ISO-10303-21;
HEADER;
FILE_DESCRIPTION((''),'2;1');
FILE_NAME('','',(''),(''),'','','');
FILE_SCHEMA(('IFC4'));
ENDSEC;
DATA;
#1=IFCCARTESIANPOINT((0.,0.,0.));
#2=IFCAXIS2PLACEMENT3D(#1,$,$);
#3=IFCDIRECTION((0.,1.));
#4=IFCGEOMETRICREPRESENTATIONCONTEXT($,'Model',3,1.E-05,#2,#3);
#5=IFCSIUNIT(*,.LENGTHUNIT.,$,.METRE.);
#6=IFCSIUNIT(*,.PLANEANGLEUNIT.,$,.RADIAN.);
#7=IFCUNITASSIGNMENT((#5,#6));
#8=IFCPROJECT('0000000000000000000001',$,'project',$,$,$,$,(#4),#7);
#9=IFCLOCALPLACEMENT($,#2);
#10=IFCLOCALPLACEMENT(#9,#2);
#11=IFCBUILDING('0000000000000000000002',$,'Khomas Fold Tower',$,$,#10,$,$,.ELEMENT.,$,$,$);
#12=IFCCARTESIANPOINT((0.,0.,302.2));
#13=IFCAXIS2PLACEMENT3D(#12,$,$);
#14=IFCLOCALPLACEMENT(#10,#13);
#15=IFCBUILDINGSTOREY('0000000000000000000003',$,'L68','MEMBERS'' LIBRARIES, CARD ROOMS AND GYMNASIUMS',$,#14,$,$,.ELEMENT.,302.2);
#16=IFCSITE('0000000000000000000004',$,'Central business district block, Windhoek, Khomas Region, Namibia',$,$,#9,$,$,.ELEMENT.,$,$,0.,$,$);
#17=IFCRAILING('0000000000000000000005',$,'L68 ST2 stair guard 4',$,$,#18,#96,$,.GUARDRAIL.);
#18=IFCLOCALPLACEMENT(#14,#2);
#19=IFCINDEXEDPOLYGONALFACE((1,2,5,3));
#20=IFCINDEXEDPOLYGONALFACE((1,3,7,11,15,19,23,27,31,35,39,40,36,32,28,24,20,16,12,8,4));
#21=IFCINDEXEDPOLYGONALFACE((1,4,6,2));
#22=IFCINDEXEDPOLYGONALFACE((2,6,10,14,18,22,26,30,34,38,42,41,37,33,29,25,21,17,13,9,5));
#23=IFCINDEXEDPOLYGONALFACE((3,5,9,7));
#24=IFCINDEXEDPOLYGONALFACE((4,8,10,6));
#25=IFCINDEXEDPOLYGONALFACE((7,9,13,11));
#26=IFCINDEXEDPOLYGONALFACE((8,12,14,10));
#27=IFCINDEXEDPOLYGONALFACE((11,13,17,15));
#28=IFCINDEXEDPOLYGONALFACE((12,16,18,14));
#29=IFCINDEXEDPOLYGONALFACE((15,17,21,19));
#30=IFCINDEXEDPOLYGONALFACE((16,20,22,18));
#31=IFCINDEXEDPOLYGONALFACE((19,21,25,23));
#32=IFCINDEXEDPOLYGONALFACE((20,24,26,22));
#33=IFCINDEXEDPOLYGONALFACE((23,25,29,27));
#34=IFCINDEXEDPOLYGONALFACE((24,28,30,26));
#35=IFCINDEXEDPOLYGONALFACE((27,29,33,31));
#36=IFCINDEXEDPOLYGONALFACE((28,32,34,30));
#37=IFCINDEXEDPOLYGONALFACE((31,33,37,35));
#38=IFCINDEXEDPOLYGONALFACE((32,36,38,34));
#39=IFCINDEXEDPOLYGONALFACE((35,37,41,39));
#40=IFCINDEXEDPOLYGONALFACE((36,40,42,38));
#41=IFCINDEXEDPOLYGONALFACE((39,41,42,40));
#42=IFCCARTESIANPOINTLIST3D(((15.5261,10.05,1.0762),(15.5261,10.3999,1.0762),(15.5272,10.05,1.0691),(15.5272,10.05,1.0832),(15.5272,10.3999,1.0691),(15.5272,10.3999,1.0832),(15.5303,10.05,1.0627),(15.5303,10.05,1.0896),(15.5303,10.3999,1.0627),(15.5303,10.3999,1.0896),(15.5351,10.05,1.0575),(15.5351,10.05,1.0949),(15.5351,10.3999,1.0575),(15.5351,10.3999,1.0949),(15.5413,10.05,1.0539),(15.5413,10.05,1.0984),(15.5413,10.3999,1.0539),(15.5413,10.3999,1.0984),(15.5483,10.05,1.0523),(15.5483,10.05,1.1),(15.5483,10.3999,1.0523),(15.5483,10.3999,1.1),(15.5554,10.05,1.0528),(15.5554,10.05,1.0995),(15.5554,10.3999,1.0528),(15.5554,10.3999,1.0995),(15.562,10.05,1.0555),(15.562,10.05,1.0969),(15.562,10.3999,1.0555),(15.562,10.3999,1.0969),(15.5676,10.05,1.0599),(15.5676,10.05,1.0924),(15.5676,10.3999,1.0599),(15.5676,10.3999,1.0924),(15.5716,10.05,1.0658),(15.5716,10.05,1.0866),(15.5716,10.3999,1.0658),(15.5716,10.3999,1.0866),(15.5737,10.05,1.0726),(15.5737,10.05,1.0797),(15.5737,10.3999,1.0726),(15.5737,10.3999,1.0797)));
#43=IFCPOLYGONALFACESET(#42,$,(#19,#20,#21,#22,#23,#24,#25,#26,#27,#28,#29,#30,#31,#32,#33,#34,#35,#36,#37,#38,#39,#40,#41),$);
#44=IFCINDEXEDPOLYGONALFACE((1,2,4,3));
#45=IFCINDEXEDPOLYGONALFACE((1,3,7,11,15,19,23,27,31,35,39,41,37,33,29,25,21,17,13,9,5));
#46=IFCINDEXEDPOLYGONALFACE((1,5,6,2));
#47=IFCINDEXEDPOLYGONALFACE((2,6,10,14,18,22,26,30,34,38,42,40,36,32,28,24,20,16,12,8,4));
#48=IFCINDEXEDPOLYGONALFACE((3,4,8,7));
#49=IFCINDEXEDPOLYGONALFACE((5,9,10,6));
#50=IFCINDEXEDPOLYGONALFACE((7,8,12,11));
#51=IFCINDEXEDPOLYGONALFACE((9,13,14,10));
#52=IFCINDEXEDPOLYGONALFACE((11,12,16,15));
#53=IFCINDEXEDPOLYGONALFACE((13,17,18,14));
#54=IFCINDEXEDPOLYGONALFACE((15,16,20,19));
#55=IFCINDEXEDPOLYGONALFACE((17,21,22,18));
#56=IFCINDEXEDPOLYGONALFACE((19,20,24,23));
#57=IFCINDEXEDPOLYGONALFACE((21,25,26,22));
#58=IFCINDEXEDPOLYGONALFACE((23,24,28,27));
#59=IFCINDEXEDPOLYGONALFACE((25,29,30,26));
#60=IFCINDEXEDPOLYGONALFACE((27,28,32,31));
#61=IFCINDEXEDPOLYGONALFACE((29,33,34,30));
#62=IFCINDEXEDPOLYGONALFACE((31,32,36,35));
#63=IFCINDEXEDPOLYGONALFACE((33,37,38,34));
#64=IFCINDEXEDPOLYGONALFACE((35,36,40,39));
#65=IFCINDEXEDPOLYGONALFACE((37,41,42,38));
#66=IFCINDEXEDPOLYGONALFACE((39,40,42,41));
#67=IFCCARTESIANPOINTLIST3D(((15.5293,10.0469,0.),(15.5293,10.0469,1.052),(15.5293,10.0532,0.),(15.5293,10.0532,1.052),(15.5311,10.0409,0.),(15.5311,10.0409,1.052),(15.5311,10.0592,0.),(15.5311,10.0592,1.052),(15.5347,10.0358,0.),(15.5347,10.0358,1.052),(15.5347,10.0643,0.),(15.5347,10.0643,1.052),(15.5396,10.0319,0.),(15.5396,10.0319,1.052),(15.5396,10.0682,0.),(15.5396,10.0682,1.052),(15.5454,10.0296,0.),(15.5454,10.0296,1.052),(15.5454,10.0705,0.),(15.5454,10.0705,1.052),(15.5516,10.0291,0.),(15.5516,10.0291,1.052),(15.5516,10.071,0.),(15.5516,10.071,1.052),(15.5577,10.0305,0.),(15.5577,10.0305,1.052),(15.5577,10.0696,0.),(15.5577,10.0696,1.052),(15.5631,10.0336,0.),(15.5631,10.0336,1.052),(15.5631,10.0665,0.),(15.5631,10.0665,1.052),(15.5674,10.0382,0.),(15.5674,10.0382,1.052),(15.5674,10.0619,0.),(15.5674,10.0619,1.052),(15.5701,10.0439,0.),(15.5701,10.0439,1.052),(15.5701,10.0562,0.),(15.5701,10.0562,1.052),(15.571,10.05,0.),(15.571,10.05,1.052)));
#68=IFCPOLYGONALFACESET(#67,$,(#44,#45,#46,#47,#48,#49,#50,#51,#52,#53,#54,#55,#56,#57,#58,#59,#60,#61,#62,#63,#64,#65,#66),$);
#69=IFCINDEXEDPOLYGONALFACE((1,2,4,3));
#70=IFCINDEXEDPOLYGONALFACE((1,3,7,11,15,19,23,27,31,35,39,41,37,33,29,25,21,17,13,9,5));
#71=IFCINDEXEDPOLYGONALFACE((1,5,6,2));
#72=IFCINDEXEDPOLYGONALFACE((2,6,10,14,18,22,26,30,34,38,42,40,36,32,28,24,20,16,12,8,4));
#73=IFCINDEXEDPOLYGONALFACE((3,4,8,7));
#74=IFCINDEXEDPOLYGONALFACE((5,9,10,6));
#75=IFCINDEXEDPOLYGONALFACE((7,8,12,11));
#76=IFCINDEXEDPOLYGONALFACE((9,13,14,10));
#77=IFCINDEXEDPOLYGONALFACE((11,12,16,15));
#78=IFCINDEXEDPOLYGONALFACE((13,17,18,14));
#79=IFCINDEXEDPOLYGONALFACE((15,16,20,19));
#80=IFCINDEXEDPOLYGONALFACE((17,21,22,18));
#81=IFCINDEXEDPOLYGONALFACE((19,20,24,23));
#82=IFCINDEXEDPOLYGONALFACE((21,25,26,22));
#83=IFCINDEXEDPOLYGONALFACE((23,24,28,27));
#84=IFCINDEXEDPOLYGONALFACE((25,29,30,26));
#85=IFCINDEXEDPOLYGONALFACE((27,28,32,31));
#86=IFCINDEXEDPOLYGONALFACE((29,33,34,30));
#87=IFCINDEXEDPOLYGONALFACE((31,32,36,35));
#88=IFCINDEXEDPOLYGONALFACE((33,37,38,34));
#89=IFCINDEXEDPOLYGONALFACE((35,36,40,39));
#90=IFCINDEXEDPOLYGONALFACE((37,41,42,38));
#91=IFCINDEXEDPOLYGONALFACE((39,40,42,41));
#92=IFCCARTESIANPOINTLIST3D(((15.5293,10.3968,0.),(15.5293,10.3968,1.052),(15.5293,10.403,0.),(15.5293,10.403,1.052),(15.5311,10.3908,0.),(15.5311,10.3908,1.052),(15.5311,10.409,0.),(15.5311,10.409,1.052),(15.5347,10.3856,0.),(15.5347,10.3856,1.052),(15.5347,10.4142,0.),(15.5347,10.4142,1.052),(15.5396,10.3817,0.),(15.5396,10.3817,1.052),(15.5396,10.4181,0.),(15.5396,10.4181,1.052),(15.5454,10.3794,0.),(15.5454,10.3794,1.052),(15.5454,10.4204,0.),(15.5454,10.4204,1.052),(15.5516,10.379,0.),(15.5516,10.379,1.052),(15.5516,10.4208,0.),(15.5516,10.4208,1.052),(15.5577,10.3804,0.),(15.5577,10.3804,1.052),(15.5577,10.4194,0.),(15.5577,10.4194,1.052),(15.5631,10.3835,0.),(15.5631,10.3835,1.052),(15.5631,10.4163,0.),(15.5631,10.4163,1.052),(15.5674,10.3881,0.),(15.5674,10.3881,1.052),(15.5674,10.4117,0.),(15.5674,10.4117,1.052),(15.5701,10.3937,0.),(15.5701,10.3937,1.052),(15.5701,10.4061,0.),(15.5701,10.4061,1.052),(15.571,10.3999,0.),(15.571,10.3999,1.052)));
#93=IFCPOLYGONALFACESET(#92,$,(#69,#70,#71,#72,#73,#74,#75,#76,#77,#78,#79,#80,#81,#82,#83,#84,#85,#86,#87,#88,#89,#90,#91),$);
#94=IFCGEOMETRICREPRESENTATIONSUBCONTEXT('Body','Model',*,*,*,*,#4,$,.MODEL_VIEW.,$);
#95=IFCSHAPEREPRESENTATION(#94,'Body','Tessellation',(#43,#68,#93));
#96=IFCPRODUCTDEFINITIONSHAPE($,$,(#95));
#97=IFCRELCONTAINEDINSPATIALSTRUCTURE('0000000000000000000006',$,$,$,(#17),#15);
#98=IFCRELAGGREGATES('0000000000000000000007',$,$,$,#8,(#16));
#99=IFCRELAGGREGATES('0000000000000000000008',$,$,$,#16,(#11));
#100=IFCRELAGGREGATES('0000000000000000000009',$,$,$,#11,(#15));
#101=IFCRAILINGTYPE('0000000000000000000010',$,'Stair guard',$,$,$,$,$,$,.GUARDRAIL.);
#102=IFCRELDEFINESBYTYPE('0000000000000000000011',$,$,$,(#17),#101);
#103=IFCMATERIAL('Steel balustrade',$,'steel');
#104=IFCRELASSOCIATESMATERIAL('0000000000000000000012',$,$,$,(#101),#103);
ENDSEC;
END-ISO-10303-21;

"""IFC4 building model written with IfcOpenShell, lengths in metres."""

from ifc_helpers import new_model, si_unit, direction, frame, origin, origin_2d, place, context, subcontext, project, spatial, circle, extrude, source, transform, mapped, material, type_object, element, save


model = new_model("IFC4")

# Units and contexts
model_context = context("Model", 3, precision=1e-05, world=origin(), true_north=direction((0.0, 1.0)))
body_context = subcontext(model_context, "Body", "Model", "MODEL_VIEW")
ifc_project = project(units=[si_unit("LENGTHUNIT", "METRE"), si_unit("PLANEANGLEUNIT", "RADIAN")], contexts=[model_context])

# Site, building, storey
site_placement = place(None, origin())
site = spatial("IfcSite", under=ifc_project, at=site_placement, Name="Central business district block, Windhoek, Khomas Region, Namibia", CompositionType="ELEMENT", RefElevation=0.0)
building_placement = place(site_placement, origin())
building = spatial("IfcBuilding", under=site, at=building_placement, Name="Khomas Fold Tower", CompositionType="ELEMENT")
storey_placement = place(building_placement, frame((0.0, 0.0, 302.2)))
storey = spatial("IfcBuildingStorey", under=building, at=storey_placement, Name="L68", Description="MEMBERS' LIBRARIES, CARD ROOMS AND GYMNASIUMS", CompositionType="ELEMENT", Elevation=302.2)

# Railing
ifc_material_1 = material(Name="Steel balustrade", Category="steel")
railing_type_1 = type_object("IfcRailingType", Name="Stair guard", PredefinedType="GUARDRAIL", material=ifc_material_1)
shared_shape_1 = source(origin(), body_context, "Body", "SweptSolid", [
    extrude(circle(Radius=0.0239, at=origin_2d()), frame((0.0, 0.0, 1.0762), z_axis=(0.0, 1.0, 0.0), x_axis=(-1.0, 0.0, 0.0)), (0.0, 0.0, 1.0), 0.3499),
    extrude(circle(Radius=0.021, at=origin_2d()), origin(), (0.0, 0.0, 1.0), 1.052),
    extrude(circle(Radius=0.021, at=origin_2d()), frame((0.0, 0.3499, 0.0)), (0.0, 0.0, 1.0), 1.052),
])
railing_1_placement = place(storey_placement, frame((15.55, 10.05, 0.0)))
element("IfcRailing", 1, at=railing_1_placement, inside=storey, type_object=railing_type_1, Name="L68 ST2 stair guard 4", PredefinedType="GUARDRAIL", context=body_context, shape_type="MappedRepresentation", body=[
    mapped(shared_shape_1, transform((0.0, 0.0, 0.0))),
])

save(model, "model.ifc")
